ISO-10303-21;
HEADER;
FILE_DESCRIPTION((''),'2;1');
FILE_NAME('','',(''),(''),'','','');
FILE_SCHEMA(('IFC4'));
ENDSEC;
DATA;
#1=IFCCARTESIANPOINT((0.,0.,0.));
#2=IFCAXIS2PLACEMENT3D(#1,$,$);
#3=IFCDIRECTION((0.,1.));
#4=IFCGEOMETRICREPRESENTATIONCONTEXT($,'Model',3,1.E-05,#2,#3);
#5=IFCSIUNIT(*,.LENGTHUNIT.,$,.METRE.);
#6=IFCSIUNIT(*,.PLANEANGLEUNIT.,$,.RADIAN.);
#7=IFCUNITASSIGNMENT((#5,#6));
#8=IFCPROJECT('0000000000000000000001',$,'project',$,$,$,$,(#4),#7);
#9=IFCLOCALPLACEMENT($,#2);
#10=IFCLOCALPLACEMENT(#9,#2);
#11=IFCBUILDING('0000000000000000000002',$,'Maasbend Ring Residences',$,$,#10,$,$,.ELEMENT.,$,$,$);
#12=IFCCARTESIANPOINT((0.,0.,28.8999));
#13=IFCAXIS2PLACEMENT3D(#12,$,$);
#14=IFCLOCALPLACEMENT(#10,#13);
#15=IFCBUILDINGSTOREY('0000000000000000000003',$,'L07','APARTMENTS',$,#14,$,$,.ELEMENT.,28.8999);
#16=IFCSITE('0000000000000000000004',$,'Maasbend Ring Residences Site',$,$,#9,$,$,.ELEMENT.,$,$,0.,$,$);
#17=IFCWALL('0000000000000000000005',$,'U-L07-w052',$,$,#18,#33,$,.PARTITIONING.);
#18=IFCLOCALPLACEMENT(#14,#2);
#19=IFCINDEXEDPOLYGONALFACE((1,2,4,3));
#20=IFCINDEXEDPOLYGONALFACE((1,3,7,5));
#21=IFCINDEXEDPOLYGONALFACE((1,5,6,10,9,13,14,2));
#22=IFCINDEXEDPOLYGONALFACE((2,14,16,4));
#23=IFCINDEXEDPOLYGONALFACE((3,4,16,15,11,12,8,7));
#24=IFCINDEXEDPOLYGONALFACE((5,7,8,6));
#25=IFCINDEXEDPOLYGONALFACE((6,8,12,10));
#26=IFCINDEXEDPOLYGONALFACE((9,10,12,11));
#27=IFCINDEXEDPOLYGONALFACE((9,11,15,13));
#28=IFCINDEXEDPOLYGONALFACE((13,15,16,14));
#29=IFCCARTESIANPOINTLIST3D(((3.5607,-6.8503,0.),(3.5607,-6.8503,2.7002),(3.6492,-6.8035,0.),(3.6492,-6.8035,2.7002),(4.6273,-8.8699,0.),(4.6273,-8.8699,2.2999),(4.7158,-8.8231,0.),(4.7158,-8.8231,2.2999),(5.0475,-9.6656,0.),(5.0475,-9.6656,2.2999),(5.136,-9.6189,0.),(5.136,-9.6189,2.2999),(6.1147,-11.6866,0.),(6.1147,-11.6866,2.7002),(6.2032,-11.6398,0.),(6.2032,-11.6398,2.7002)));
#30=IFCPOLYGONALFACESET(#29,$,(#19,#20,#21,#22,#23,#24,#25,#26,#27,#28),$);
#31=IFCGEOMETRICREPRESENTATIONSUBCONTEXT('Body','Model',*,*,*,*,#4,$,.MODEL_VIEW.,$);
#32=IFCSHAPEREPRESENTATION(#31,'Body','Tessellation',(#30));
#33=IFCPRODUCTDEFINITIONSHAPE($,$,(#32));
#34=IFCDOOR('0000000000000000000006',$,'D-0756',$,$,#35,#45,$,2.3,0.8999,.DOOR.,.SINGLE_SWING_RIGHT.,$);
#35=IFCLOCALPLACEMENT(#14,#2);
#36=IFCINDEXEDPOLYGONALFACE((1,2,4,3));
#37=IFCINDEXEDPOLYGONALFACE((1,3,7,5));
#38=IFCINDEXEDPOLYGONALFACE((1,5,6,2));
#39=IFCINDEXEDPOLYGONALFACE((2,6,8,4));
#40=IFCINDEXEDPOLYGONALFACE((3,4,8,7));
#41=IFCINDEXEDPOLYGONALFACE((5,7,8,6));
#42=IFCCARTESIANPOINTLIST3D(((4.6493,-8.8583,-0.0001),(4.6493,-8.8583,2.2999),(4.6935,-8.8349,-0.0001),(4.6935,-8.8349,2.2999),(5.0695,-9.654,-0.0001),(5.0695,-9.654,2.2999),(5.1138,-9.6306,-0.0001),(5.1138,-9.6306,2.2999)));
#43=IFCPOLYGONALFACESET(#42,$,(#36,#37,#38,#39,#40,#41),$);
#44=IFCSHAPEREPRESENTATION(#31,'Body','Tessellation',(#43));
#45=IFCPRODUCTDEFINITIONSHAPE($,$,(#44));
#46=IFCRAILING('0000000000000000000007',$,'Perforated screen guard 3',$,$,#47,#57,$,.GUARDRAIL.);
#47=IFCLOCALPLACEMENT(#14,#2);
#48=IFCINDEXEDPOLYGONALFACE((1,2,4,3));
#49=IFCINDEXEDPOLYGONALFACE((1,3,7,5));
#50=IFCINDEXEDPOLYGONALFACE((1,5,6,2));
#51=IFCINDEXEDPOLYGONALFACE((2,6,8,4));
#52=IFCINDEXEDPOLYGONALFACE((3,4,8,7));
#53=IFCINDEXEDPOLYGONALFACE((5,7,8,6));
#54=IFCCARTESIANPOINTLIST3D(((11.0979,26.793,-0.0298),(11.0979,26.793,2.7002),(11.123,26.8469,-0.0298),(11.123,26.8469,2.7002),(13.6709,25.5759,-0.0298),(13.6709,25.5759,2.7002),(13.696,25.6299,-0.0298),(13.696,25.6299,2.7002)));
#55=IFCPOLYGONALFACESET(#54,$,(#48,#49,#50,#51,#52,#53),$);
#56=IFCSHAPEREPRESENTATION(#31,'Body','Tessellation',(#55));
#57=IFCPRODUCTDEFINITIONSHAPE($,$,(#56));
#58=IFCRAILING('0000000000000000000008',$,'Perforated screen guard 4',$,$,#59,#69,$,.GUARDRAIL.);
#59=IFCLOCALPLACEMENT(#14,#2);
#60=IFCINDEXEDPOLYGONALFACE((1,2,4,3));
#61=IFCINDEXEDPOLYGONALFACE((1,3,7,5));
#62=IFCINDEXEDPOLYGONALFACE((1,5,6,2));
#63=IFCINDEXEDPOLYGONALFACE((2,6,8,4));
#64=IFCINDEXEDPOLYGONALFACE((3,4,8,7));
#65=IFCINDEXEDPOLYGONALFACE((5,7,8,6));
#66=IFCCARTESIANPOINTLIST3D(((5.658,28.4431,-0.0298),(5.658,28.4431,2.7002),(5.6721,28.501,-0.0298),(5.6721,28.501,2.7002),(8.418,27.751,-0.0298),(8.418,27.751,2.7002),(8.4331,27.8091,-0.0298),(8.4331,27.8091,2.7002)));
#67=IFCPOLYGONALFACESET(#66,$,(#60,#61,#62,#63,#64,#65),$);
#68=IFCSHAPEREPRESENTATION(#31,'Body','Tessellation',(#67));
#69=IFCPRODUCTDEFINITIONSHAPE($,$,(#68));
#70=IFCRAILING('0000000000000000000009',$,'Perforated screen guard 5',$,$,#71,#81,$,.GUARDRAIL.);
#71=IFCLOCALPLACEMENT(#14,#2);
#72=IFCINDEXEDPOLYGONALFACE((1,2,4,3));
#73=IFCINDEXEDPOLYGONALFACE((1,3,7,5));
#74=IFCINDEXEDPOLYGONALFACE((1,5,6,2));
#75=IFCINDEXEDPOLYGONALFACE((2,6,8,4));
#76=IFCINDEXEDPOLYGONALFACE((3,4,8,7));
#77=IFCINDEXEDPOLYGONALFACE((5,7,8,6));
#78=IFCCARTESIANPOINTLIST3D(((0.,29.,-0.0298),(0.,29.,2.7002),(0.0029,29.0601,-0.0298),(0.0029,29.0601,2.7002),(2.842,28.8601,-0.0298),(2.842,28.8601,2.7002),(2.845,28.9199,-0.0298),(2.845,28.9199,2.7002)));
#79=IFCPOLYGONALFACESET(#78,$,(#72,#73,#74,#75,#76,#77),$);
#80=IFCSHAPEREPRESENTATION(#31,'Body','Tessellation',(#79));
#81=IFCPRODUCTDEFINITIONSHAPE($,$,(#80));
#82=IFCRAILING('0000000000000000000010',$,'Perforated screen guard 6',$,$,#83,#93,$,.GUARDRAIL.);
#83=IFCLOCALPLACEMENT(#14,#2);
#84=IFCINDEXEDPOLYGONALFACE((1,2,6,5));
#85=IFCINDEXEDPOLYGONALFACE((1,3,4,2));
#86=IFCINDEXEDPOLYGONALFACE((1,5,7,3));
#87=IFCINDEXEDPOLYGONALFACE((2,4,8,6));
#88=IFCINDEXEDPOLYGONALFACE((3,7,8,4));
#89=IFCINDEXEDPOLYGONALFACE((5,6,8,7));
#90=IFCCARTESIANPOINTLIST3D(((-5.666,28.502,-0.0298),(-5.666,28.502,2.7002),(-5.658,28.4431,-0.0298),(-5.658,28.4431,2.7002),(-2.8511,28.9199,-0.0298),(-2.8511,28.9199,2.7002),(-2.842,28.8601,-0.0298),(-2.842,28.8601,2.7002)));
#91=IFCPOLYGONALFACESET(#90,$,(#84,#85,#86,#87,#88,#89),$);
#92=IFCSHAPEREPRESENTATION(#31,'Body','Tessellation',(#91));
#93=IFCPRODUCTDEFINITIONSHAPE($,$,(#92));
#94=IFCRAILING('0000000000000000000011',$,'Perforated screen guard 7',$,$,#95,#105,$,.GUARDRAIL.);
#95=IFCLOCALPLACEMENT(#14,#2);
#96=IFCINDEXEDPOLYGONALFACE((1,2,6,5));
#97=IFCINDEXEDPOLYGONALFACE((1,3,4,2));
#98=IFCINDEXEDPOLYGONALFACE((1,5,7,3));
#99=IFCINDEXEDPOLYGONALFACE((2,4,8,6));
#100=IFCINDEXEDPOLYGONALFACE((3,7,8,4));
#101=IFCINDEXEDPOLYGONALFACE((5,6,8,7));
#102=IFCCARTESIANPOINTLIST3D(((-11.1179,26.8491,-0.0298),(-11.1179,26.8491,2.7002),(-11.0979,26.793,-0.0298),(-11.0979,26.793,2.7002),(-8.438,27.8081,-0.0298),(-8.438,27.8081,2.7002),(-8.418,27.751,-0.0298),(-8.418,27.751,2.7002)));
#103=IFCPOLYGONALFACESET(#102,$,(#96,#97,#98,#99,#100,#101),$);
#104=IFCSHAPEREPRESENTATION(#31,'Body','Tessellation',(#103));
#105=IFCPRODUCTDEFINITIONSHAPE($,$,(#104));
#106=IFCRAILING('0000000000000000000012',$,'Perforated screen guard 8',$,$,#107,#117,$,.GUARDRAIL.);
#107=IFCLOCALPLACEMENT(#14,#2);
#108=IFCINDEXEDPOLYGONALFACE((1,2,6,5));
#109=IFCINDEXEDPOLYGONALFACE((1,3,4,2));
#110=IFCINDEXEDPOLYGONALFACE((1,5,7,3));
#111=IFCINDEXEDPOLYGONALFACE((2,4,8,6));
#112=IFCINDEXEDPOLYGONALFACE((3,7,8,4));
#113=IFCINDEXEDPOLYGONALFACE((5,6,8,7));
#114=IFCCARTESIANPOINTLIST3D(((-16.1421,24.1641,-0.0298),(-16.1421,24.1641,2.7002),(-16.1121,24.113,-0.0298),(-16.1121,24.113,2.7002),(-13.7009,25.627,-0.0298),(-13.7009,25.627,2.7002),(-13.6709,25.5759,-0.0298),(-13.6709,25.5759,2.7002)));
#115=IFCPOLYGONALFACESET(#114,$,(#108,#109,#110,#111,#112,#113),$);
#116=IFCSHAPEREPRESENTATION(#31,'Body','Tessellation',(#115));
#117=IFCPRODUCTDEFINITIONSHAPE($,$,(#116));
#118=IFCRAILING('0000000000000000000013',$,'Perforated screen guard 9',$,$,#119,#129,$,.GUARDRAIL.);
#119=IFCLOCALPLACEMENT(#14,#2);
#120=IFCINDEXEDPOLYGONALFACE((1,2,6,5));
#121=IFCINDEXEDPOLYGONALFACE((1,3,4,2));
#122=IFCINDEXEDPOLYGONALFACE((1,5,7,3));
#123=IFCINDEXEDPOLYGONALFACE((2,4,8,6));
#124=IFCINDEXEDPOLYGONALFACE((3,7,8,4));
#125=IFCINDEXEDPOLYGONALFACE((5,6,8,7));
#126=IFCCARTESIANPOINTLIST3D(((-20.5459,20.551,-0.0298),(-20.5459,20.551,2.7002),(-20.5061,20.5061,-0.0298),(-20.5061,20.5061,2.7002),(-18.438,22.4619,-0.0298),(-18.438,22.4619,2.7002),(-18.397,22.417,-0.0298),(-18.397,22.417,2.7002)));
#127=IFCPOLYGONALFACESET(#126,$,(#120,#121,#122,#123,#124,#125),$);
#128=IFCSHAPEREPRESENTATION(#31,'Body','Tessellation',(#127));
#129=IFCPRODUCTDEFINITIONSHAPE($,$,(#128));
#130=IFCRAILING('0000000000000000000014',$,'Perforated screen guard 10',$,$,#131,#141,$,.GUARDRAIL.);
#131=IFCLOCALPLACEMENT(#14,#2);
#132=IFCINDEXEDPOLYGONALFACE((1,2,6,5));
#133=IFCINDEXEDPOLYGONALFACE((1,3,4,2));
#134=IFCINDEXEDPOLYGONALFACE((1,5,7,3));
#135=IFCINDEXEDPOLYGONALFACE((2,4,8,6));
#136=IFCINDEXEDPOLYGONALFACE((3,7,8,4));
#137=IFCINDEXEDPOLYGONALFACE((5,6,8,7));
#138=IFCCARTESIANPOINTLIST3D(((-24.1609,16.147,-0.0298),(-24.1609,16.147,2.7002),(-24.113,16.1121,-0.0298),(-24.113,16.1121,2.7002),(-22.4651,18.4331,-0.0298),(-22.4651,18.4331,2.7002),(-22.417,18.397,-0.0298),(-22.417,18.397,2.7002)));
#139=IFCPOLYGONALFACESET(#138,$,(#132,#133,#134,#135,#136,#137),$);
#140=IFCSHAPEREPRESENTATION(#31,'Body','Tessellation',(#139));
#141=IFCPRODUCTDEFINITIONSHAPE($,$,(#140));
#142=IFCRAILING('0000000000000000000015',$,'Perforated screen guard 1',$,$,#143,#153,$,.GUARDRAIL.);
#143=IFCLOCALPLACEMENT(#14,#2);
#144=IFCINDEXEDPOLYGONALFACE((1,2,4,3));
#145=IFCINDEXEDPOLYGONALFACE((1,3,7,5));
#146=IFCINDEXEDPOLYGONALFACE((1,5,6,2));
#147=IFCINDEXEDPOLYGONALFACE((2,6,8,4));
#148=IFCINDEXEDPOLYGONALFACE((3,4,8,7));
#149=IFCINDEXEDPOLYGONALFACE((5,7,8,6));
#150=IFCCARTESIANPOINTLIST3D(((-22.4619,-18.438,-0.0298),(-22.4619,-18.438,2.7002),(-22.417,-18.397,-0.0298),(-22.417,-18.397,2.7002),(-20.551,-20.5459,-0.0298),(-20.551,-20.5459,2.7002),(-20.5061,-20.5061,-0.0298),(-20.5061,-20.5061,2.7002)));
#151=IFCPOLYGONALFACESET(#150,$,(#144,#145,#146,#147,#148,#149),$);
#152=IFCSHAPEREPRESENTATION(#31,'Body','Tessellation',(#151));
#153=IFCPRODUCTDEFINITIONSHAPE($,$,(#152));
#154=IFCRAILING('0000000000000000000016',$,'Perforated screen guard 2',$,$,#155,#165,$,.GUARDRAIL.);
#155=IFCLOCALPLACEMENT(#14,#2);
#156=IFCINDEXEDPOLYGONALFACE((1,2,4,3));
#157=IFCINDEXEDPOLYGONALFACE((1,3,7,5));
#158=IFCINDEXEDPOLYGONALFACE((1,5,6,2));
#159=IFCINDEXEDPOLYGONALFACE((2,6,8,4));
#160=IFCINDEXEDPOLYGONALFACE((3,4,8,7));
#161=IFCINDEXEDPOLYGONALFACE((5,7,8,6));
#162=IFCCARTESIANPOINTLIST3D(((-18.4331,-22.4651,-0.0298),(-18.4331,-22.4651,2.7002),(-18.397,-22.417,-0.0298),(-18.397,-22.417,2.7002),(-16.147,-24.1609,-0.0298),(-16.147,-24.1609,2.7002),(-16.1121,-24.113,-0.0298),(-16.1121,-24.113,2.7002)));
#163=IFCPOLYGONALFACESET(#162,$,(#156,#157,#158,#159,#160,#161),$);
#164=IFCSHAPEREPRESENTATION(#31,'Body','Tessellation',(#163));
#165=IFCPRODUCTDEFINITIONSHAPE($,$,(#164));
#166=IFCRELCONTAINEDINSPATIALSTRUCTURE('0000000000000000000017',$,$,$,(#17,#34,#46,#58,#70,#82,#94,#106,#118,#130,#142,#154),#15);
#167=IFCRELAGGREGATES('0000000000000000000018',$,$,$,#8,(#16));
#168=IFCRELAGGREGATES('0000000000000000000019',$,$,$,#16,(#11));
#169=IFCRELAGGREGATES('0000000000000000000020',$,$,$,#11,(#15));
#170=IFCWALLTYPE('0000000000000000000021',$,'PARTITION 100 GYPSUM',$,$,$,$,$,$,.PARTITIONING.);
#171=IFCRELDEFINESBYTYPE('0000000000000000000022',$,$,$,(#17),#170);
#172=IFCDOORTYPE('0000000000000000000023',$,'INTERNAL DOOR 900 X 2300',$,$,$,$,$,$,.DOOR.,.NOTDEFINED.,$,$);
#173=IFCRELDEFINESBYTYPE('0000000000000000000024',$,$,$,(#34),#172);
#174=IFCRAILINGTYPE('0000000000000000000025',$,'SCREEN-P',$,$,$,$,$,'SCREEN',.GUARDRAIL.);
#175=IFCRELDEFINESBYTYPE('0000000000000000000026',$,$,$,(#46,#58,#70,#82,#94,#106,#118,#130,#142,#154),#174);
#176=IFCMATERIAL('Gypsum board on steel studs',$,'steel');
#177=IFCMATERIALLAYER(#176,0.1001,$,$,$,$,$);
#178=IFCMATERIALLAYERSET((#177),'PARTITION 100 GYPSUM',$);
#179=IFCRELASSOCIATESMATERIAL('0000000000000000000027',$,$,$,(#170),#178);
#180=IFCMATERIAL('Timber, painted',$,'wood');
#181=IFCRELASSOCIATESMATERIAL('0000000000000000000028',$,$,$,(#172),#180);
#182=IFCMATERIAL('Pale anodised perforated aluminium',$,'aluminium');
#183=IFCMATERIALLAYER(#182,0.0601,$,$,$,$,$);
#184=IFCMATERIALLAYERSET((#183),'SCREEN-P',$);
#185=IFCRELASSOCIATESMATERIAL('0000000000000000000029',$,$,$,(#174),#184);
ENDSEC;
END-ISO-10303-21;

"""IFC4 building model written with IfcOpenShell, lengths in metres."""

from ifc_helpers import new_model, si_unit, direction, frame, frame_2d, origin, place, context, subcontext, project, spatial, polyline, rectangle, outline, extrude, material, layer, layer_set, type_object, element, fill, save


model = new_model("IFC4")

# Units and contexts
model_context = context("Model", 3, precision=1e-05, world=origin(), true_north=direction((0.0, 1.0)))
body_context = subcontext(model_context, "Body", "Model", "MODEL_VIEW")
ifc_project = project(units=[si_unit("LENGTHUNIT", "METRE"), si_unit("PLANEANGLEUNIT", "RADIAN")], contexts=[model_context])

# Site, building, storey
site_placement = place(None, origin())
site = spatial("IfcSite", under=ifc_project, at=site_placement, Name="Maasbend Ring Residences Site", CompositionType="ELEMENT", RefElevation=0.0)
building_placement = place(site_placement, origin())
building = spatial("IfcBuilding", under=site, at=building_placement, Name="Maasbend Ring Residences", CompositionType="ELEMENT")
storey_placement = place(building_placement, frame((0.0, 0.0, 28.8999)))
storey = spatial("IfcBuildingStorey", under=building, at=storey_placement, Name="L07", Description="APARTMENTS", CompositionType="ELEMENT", Elevation=28.8999)

# Wall, opening, door
ifc_material_1 = material(Name="Gypsum board on steel studs", Category="steel")
ifc_layer_1 = layer(ifc_material_1, 0.1001)
ifc_layer_set_1 = layer_set([ifc_layer_1], Name="PARTITION 100 GYPSUM")
wall_type = type_object("IfcWallType", Name="PARTITION 100 GYPSUM", PredefinedType="PARTITIONING", material=ifc_layer_set_1)
wall_placement = place(storey_placement, frame((3.605, -6.8269, 0.0), z_axis=(0.0, 0.0, 1.0), x_axis=(0.466977, -0.88427, 0.0)))
wall = element("IfcWall", 1, at=wall_placement, inside=storey, type_object=wall_type, Name="U-L07-w052", PredefinedType="PARTITIONING", context=body_context, shape_type="SweptSolid", body=[
    extrude(rectangle(XDim=5.4692, YDim=0.1001, at=frame_2d((2.7346, 0.0))), origin(), (0.0, 0.0, 1.0), 2.7002),
])
opening_placement = place(wall_placement, frame((2.2839, 0.0, 0.0)))
opening = element("IfcOpeningElement", 2, at=opening_placement, cuts=wall, PredefinedType="OPENING", context=body_context, shape_type="SweptSolid", body=[
    extrude(rectangle(XDim=0.8999, YDim=2.3, at=frame_2d((0.45, 1.1499))), frame((0.0, 0.0601, 0.0), z_axis=(0.0, -1.0, 0.0), x_axis=(1.0, 0.0, 0.0)), (0.0, 0.0, 1.0), 0.1201),
])
ifc_material_2 = material(Name="Timber, painted", Category="wood")
door_type = type_object("IfcDoorType", Name="INTERNAL DOOR 900 X 2300", OperationType="NOTDEFINED", PredefinedType="DOOR", material=ifc_material_2)
door_placement = place(opening_placement, origin())
door = element("IfcDoor", 3, at=door_placement, inside=storey, type_object=door_type, Name="D-0756", OperationType="SINGLE_SWING_RIGHT", OverallHeight=2.3, OverallWidth=0.8999, PredefinedType="DOOR", context=body_context, shape_type="SweptSolid", body=[
    extrude(rectangle(XDim=0.8999, YDim=2.3, at=frame_2d((0.45, 1.1499))), frame((0.0, 0.0249, 0.0), z_axis=(0.0, -1.0, 0.0), x_axis=(1.0, 0.0, 0.0)), (0.0, 0.0, 1.0), 0.05),
])
fill(opening, door)

# Railings
ifc_material_3 = material(Name="Pale anodised perforated aluminium", Category="aluminium")
ifc_layer_2 = layer(ifc_material_3, 0.0601)
ifc_layer_set_2 = layer_set([ifc_layer_2], Name="SCREEN-P")
railing_type = type_object("IfcRailingType", Name="SCREEN-P", ElementType="SCREEN", PredefinedType="GUARDRAIL", material=ifc_layer_set_2)
railing_1_placement = place(storey_placement, frame((0.0, 0.0, -0.0298)))
element("IfcRailing", 4, at=railing_1_placement, inside=storey, type_object=railing_type, Name="Perforated screen guard 3", PredefinedType="GUARDRAIL", context=body_context, shape_type="SweptSolid", body=[
    extrude(outline(polyline([(13.6709, 25.5759), (11.0979, 26.793), (11.123, 26.8469), (13.696, 25.6299), (13.6709, 25.5759)])), origin(), (0.0, 0.0, 1.0), 2.73),
])
railing_2_placement = place(storey_placement, frame((0.0, 0.0, -0.0298)))
element("IfcRailing", 5, at=railing_2_placement, inside=storey, type_object=railing_type, Name="Perforated screen guard 4", PredefinedType="GUARDRAIL", context=body_context, shape_type="SweptSolid", body=[
    extrude(outline(polyline([(8.418, 27.751), (5.658, 28.4431), (5.6721, 28.501), (8.4331, 27.8091), (8.418, 27.751)])), origin(), (0.0, 0.0, 1.0), 2.73),
])
railing_3_placement = place(storey_placement, frame((0.0, 0.0, -0.0298)))
element("IfcRailing", 6, at=railing_3_placement, inside=storey, type_object=railing_type, Name="Perforated screen guard 5", PredefinedType="GUARDRAIL", context=body_context, shape_type="SweptSolid", body=[
    extrude(outline(polyline([(2.842, 28.8601), (0.0, 29.0), (0.0029, 29.0601), (2.845, 28.9199), (2.842, 28.8601)])), origin(), (0.0, 0.0, 1.0), 2.73),
])
railing_4_placement = place(storey_placement, frame((0.0, 0.0, -0.0298)))
element("IfcRailing", 7, at=railing_4_placement, inside=storey, type_object=railing_type, Name="Perforated screen guard 6", PredefinedType="GUARDRAIL", context=body_context, shape_type="SweptSolid", body=[
    extrude(outline(polyline([(-2.842, 28.8601), (-5.658, 28.4431), (-5.666, 28.502), (-2.8511, 28.9199), (-2.842, 28.8601)])), origin(), (0.0, 0.0, 1.0), 2.73),
])
railing_5_placement = place(storey_placement, frame((0.0, 0.0, -0.0298)))
element("IfcRailing", 8, at=railing_5_placement, inside=storey, type_object=railing_type, Name="Perforated screen guard 7", PredefinedType="GUARDRAIL", context=body_context, shape_type="SweptSolid", body=[
    extrude(outline(polyline([(-8.418, 27.751), (-11.0979, 26.793), (-11.1179, 26.8491), (-8.438, 27.8081), (-8.418, 27.751)])), origin(), (0.0, 0.0, 1.0), 2.73),
])
railing_6_placement = place(storey_placement, frame((0.0, 0.0, -0.0298)))
element("IfcRailing", 9, at=railing_6_placement, inside=storey, type_object=railing_type, Name="Perforated screen guard 8", PredefinedType="GUARDRAIL", context=body_context, shape_type="SweptSolid", body=[
    extrude(outline(polyline([(-13.6709, 25.5759), (-16.1121, 24.113), (-16.1421, 24.1641), (-13.7009, 25.627), (-13.6709, 25.5759)])), origin(), (0.0, 0.0, 1.0), 2.73),
])
railing_7_placement = place(storey_placement, frame((0.0, 0.0, -0.0298)))
element("IfcRailing", 10, at=railing_7_placement, inside=storey, type_object=railing_type, Name="Perforated screen guard 9", PredefinedType="GUARDRAIL", context=body_context, shape_type="SweptSolid", body=[
    extrude(outline(polyline([(-18.397, 22.417), (-20.5061, 20.5061), (-20.5459, 20.551), (-18.438, 22.4619), (-18.397, 22.417)])), origin(), (0.0, 0.0, 1.0), 2.73),
])
railing_8_placement = place(storey_placement, frame((0.0, 0.0, -0.0298)))
element("IfcRailing", 11, at=railing_8_placement, inside=storey, type_object=railing_type, Name="Perforated screen guard 10", PredefinedType="GUARDRAIL", context=body_context, shape_type="SweptSolid", body=[
    extrude(outline(polyline([(-22.417, 18.397), (-24.113, 16.1121), (-24.1609, 16.147), (-22.4651, 18.4331), (-22.417, 18.397)])), origin(), (0.0, 0.0, 1.0), 2.73),
])
railing_9_placement = place(storey_placement, frame((0.0, 0.0, -0.0298)))
element("IfcRailing", 12, at=railing_9_placement, inside=storey, type_object=railing_type, Name="Perforated screen guard 1", PredefinedType="GUARDRAIL", context=body_context, shape_type="SweptSolid", body=[
    extrude(outline(polyline([(-22.417, -18.397), (-20.5061, -20.5061), (-20.551, -20.5459), (-22.4619, -18.438), (-22.417, -18.397)])), origin(), (0.0, 0.0, 1.0), 2.73),
])
railing_10_placement = place(storey_placement, frame((0.0, 0.0, -0.0298)))
element("IfcRailing", 13, at=railing_10_placement, inside=storey, type_object=railing_type, Name="Perforated screen guard 2", PredefinedType="GUARDRAIL", context=body_context, shape_type="SweptSolid", body=[
    extrude(outline(polyline([(-18.397, -22.417), (-16.1121, -24.113), (-16.147, -24.1609), (-18.4331, -22.4651), (-18.397, -22.417)])), origin(), (0.0, 0.0, 1.0), 2.73),
])

save(model, "model.ifc")
